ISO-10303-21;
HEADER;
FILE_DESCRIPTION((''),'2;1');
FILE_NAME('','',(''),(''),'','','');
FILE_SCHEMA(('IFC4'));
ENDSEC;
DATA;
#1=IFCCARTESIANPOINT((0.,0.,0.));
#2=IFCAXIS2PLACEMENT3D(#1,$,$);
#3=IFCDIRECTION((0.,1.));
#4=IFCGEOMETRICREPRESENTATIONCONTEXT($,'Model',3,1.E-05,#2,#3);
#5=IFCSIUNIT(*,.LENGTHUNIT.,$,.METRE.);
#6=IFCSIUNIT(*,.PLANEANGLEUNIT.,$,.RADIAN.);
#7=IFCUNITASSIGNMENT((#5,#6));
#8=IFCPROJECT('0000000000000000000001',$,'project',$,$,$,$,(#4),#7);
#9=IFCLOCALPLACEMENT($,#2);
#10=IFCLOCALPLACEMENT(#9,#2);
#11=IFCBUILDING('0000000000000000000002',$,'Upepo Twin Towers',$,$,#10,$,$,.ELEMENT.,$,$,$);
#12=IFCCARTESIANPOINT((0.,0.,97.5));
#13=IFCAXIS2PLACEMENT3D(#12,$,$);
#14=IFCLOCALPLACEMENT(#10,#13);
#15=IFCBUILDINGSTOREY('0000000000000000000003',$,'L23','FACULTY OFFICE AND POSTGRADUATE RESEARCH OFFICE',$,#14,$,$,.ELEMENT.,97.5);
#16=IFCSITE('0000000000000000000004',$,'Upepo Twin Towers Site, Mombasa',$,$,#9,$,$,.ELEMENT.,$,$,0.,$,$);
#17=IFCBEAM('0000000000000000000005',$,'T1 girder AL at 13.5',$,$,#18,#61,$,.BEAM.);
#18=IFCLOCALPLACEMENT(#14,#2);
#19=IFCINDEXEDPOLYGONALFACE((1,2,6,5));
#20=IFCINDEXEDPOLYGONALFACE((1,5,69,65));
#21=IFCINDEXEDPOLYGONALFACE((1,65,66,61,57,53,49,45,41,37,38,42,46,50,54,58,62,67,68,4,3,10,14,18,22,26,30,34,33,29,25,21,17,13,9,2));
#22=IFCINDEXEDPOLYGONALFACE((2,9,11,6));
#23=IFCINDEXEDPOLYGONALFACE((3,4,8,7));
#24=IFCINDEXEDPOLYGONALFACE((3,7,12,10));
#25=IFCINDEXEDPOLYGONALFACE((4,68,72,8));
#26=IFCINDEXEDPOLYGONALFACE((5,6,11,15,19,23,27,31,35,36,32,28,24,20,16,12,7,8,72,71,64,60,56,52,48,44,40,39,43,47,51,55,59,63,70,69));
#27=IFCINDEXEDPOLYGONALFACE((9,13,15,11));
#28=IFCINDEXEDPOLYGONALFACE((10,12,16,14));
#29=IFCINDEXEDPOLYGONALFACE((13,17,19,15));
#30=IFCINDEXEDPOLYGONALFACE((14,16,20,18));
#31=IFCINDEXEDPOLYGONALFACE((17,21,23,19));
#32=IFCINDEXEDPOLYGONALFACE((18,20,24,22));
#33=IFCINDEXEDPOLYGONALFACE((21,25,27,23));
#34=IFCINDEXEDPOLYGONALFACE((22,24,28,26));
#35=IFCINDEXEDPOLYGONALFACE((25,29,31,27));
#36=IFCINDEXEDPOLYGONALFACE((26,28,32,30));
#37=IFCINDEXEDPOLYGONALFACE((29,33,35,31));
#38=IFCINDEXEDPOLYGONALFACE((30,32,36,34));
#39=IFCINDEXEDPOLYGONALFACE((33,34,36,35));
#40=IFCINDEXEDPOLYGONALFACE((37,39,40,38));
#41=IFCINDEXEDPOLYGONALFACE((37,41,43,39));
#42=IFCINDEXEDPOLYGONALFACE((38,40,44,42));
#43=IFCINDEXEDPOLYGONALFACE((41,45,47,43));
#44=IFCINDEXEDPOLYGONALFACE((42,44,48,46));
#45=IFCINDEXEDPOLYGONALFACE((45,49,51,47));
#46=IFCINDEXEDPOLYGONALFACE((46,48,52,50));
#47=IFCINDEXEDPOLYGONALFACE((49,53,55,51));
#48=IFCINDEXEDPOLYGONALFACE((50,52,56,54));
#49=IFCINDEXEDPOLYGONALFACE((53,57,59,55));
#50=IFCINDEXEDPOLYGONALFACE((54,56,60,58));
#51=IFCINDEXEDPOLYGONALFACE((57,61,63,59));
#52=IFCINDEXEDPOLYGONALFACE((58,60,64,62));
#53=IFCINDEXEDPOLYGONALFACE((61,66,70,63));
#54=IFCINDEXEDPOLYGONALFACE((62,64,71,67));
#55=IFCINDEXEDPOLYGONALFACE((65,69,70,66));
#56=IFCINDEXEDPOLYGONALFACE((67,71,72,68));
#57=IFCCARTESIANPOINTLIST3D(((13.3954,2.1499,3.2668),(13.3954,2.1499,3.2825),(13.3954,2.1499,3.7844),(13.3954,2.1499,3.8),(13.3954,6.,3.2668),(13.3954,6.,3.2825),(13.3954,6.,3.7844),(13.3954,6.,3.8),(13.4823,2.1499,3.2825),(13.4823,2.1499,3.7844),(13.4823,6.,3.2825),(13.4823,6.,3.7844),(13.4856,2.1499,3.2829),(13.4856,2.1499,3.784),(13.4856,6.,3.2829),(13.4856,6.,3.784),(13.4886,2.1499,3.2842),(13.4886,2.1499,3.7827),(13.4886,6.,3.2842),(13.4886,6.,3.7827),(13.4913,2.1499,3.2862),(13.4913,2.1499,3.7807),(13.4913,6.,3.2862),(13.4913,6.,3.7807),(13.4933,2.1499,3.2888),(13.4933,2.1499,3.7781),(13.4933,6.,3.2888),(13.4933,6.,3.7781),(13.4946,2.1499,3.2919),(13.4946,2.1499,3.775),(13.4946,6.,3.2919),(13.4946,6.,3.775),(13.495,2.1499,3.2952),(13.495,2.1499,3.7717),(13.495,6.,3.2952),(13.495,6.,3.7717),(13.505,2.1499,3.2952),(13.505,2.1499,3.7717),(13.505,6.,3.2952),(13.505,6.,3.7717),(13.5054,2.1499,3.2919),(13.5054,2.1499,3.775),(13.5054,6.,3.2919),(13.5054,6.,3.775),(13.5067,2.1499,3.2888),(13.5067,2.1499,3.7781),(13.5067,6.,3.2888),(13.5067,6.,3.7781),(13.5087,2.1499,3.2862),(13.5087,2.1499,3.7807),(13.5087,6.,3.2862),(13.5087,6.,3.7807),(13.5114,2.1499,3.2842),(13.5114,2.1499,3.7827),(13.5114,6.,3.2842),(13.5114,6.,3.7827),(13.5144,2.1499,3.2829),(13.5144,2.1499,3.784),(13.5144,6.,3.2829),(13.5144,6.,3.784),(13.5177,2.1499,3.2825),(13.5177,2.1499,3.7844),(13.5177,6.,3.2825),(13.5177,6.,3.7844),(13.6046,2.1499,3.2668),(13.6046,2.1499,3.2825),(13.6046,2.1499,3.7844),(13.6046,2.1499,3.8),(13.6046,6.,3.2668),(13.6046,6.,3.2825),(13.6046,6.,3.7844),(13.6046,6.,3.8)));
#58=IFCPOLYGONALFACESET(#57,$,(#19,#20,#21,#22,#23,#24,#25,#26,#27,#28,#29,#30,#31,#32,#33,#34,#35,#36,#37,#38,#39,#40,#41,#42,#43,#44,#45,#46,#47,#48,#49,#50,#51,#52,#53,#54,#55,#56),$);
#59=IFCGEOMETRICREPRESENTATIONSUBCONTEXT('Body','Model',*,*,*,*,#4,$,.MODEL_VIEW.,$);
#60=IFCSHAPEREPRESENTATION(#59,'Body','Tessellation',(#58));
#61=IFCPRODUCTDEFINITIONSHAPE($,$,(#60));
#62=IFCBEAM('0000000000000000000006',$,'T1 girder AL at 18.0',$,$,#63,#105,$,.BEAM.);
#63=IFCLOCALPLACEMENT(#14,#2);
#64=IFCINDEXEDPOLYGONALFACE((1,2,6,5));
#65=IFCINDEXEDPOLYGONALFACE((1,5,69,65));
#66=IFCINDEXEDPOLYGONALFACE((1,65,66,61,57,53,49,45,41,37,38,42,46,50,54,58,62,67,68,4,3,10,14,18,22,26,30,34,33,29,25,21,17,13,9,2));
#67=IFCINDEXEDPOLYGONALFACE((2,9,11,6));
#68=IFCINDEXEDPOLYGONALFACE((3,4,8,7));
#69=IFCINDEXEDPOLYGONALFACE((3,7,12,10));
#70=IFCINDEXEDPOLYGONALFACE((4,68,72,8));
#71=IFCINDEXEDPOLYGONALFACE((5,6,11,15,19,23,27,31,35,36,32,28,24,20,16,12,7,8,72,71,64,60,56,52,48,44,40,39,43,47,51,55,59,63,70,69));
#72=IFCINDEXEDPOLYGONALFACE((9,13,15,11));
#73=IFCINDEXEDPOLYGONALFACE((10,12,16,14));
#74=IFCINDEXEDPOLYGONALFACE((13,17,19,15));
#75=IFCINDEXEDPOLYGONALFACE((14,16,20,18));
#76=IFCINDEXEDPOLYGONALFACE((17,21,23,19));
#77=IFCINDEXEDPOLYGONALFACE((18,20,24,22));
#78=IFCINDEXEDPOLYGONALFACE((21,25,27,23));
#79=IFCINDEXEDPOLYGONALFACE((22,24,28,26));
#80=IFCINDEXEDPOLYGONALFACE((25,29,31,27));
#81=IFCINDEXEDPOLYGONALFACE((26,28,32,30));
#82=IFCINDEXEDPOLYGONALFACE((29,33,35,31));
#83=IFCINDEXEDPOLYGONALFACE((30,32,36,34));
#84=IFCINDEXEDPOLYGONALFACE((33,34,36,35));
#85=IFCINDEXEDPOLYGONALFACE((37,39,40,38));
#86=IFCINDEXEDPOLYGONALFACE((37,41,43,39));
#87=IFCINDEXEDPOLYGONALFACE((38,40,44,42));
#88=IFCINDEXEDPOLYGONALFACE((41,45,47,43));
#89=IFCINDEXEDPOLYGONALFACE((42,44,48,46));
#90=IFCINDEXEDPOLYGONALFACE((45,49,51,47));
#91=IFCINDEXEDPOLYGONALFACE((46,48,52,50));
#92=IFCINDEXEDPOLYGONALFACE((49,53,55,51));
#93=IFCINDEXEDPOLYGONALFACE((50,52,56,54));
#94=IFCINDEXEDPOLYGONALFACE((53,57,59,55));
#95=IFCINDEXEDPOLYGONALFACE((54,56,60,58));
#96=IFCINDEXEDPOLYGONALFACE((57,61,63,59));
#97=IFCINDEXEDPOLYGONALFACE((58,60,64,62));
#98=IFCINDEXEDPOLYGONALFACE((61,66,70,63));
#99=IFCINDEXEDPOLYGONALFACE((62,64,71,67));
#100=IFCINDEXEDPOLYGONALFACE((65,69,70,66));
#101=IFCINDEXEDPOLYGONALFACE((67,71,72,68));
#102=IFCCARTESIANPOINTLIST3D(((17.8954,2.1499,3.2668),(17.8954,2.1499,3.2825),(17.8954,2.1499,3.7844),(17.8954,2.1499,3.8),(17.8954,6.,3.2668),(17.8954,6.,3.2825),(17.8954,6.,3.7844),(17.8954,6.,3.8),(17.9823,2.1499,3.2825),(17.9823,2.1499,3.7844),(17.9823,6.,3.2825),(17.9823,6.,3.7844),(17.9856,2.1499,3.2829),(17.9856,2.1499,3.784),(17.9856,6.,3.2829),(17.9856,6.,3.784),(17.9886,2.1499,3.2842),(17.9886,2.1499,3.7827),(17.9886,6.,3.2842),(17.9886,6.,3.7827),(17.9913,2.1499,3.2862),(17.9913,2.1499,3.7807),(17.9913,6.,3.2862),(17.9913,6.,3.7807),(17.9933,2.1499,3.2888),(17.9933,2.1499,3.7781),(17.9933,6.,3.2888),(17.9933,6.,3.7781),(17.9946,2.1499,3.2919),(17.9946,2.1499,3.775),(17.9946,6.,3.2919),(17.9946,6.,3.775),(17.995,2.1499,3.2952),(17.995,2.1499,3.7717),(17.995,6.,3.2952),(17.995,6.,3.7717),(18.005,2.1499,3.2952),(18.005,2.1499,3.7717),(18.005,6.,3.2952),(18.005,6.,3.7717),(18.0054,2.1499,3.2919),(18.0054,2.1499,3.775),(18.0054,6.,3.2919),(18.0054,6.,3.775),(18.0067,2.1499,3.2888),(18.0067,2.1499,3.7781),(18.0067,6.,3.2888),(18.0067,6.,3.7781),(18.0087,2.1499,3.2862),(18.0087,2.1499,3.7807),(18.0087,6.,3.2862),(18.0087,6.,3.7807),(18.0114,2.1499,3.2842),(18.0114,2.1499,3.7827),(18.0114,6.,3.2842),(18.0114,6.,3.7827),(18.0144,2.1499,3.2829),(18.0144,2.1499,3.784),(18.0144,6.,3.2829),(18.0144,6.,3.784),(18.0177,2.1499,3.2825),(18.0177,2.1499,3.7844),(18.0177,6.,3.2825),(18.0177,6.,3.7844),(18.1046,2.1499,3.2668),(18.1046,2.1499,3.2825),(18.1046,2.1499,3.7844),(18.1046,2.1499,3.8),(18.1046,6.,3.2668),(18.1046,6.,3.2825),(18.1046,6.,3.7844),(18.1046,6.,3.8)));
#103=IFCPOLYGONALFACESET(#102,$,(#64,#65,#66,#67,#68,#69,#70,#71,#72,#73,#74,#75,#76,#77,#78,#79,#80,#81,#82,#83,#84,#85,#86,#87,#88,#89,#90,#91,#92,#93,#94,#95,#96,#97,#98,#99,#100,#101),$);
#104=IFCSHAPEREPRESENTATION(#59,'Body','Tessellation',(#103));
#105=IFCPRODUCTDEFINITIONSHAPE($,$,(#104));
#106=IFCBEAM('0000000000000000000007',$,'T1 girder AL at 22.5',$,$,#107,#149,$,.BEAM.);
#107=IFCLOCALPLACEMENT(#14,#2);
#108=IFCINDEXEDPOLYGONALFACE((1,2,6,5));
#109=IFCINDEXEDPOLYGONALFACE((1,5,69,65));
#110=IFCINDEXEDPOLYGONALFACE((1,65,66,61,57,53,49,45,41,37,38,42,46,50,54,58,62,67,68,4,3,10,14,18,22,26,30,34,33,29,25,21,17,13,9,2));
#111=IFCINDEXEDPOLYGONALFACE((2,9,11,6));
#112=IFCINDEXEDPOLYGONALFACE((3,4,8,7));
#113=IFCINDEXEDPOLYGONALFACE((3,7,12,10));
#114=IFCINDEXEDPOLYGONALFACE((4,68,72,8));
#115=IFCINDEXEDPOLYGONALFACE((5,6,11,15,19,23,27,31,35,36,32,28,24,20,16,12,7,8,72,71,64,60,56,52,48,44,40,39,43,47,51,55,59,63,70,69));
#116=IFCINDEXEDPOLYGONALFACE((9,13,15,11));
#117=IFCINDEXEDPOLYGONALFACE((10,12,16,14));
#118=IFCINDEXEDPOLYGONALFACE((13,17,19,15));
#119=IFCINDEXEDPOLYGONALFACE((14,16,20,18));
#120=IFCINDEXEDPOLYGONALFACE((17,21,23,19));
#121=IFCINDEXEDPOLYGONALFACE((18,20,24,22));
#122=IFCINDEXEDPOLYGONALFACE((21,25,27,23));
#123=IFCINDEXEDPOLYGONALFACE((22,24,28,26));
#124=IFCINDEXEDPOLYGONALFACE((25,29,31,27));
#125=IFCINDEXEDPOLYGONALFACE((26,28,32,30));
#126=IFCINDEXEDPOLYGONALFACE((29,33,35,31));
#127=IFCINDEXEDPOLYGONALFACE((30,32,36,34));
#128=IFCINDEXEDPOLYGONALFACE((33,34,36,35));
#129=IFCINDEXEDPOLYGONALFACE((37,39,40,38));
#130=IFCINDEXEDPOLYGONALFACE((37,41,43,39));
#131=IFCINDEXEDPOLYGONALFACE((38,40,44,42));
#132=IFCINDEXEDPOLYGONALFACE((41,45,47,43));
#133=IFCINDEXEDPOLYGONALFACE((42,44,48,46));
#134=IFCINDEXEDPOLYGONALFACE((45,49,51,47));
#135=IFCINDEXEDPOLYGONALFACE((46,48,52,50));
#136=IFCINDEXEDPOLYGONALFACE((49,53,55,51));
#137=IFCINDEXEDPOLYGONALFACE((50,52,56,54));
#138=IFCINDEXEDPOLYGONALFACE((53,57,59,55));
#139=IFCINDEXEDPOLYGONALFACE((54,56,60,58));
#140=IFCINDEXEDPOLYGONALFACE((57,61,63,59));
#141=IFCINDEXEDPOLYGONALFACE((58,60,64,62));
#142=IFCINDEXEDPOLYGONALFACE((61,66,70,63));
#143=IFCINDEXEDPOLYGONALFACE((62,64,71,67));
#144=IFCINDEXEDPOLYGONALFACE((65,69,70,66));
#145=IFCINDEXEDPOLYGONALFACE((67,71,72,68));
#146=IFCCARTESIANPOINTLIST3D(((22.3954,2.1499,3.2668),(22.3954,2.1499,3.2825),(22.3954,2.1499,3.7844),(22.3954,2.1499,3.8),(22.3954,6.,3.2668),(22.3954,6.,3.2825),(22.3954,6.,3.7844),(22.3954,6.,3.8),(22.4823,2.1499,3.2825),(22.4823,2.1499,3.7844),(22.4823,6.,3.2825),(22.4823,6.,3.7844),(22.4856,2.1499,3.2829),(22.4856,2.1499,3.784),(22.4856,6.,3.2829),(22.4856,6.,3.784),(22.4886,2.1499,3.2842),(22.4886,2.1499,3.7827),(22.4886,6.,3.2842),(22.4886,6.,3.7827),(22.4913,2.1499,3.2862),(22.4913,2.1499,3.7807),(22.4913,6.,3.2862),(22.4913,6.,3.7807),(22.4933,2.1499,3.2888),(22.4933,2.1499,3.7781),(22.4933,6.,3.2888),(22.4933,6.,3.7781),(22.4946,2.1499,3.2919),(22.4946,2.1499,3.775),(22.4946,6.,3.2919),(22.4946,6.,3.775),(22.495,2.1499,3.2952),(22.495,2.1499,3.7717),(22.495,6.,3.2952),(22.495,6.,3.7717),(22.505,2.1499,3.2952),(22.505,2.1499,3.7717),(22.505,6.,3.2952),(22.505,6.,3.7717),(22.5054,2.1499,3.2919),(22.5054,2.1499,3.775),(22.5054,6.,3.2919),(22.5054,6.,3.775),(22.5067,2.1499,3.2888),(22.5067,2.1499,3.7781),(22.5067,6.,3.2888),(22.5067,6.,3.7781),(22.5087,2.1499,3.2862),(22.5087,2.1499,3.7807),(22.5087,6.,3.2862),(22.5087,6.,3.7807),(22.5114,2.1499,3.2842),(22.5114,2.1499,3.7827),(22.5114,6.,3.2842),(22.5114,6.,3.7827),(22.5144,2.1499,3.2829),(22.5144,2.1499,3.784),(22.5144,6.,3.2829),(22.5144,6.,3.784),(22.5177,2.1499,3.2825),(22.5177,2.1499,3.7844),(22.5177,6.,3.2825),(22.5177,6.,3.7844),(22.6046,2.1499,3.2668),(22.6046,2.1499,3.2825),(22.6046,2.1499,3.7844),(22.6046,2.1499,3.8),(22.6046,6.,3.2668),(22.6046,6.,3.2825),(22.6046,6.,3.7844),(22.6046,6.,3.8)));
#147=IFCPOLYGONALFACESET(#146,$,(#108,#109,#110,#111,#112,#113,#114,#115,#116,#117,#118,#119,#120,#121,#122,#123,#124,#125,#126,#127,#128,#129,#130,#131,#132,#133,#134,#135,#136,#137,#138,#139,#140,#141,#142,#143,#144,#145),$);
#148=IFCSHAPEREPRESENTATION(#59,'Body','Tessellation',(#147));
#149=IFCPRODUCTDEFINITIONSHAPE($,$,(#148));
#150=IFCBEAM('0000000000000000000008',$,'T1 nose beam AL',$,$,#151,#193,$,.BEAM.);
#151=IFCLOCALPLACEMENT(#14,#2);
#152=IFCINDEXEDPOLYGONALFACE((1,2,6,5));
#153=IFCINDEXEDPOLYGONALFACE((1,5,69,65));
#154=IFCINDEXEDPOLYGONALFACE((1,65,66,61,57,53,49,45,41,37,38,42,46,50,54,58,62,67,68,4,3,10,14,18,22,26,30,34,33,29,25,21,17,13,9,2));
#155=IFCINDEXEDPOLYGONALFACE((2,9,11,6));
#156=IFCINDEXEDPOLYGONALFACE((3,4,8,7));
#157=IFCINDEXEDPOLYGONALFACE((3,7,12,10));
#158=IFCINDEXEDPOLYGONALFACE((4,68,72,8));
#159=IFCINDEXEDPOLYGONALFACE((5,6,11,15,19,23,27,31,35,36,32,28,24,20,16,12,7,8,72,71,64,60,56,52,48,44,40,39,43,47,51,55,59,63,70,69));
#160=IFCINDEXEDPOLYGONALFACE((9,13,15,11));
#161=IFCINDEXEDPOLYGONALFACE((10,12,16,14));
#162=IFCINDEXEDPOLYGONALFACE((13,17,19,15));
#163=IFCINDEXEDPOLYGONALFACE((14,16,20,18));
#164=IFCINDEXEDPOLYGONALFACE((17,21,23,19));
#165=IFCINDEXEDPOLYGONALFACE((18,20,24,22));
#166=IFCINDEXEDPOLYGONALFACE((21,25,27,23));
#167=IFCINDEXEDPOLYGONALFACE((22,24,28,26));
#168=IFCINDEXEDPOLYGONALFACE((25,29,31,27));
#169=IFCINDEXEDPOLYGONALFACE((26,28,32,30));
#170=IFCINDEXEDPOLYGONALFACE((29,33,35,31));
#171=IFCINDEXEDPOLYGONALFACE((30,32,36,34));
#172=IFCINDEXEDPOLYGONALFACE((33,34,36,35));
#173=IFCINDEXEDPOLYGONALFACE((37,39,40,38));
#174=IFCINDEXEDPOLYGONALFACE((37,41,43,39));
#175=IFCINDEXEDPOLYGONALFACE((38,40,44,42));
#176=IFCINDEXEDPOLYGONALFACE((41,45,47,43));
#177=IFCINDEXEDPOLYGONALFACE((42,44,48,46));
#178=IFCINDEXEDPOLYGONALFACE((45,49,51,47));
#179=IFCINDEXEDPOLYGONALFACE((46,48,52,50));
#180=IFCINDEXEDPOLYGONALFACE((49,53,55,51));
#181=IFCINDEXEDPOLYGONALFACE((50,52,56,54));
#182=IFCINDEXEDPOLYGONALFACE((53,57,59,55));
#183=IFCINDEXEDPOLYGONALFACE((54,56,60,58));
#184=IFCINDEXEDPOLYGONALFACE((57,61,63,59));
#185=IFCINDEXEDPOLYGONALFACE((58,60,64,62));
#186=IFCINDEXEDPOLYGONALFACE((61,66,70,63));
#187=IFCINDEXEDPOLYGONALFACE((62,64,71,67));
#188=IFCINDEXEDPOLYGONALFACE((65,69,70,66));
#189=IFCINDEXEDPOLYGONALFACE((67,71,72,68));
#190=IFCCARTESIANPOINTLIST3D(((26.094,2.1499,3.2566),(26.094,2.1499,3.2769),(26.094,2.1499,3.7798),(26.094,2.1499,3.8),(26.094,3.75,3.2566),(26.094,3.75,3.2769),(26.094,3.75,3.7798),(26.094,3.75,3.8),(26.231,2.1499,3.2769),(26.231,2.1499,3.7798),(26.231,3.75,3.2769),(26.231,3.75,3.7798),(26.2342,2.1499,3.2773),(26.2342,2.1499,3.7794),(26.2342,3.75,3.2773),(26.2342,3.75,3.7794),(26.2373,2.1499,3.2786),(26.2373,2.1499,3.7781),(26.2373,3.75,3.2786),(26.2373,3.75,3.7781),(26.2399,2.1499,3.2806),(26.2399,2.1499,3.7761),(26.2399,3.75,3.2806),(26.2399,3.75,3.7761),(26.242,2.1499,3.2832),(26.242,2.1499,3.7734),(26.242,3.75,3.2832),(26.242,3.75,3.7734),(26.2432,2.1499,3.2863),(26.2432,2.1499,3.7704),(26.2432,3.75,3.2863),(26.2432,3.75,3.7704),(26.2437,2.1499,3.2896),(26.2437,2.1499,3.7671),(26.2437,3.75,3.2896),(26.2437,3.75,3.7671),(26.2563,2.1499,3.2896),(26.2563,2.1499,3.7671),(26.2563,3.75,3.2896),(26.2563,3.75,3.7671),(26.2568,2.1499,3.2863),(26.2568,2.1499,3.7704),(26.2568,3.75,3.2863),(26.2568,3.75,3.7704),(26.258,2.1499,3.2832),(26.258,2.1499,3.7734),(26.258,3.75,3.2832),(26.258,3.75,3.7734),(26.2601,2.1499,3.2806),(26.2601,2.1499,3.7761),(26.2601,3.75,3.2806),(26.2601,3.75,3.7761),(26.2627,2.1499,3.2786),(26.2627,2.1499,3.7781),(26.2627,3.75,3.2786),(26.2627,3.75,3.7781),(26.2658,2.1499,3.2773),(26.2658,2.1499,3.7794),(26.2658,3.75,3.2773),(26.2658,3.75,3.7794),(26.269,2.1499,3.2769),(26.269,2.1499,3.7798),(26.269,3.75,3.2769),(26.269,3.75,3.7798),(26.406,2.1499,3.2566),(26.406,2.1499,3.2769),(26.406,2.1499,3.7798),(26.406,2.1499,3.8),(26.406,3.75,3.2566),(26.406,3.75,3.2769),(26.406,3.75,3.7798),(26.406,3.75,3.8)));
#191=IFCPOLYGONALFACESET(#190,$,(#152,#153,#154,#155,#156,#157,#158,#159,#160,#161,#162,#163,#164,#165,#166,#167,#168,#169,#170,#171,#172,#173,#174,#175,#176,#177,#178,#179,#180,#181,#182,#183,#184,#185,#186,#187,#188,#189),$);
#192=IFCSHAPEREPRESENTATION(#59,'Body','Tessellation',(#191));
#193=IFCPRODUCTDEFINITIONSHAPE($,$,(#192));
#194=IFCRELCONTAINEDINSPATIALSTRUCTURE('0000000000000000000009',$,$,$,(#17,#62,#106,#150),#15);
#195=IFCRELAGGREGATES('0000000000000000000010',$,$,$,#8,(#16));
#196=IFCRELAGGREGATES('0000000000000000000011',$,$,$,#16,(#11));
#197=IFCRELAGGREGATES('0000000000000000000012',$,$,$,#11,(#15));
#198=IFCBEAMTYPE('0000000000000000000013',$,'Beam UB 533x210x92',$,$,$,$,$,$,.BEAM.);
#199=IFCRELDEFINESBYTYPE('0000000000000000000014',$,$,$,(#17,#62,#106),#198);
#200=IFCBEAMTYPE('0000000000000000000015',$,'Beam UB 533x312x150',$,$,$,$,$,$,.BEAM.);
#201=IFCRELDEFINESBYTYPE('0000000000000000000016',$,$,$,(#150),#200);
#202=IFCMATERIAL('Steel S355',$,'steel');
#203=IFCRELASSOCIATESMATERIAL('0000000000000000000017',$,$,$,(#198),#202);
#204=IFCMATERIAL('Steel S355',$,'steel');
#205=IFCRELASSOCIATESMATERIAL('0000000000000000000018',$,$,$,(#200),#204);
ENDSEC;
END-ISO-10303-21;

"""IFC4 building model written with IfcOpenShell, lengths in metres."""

from ifc_helpers import new_model, si_unit, direction, frame, origin, origin_2d, place, context, subcontext, project, spatial, i_section, extrude, material, material_profile, profile_set, type_object, element, save


model = new_model("IFC4")

# Units and contexts
model_context = context("Model", 3, precision=1e-05, world=origin(), true_north=direction((0.0, 1.0)))
body_context = subcontext(model_context, "Body", "Model", "MODEL_VIEW")
ifc_project = project(units=[si_unit("LENGTHUNIT", "METRE"), si_unit("PLANEANGLEUNIT", "RADIAN")], contexts=[model_context])

# Site, building, storey
site_placement = place(None, origin())
site = spatial("IfcSite", under=ifc_project, at=site_placement, Name="Upepo Twin Towers Site, Mombasa", CompositionType="ELEMENT", RefElevation=0.0)
building_placement = place(site_placement, origin())
building = spatial("IfcBuilding", under=site, at=building_placement, Name="Upepo Twin Towers", CompositionType="ELEMENT")
storey_placement = place(building_placement, frame((0.0, 0.0, 97.5)))
storey = spatial("IfcBuildingStorey", under=building, at=storey_placement, Name="L23", Description="FACULTY OFFICE AND POSTGRADUATE RESEARCH OFFICE", CompositionType="ELEMENT", Elevation=97.5)

# Beams
ifc_material_1 = material(Name="Steel S355", Category="steel")
ifc_material_profile_1 = material_profile(ifc_material_1, i_section(OverallWidth=0.2092, OverallDepth=0.5332, WebThickness=0.01, FlangeThickness=0.0156, FilletRadius=0.0127, at=origin_2d()), Name="UB 533x210x92")
ifc_profile_set_1 = profile_set([ifc_material_profile_1], Name="Steel S355")
beam_type_1 = type_object("IfcBeamType", Name="Beam UB 533x210x92", PredefinedType="BEAM", material=ifc_profile_set_1)
for number, where, z_axis, x_axis, name in (
    (1, (13.5, 6.0, 3.5334), (0.0, -1.0, 0.0), (1.0, 0.0, 0.0), "T1 girder AL at 13.5"),
    (2, (18.0, 6.0, 3.5334), (0.0, -1.0, 0.0), (1.0, 0.0, 0.0), "T1 girder AL at 18.0"),
    (3, (22.5, 6.0, 3.5334), (0.0, -1.0, 0.0), (1.0, 0.0, 0.0), "T1 girder AL at 22.5"),
):
    element("IfcBeam", number, at=place(storey_placement, frame(where, z_axis=z_axis, x_axis=x_axis)), inside=storey, type_object=beam_type_1, Name=name, PredefinedType="BEAM", context=body_context, shape_type="SweptSolid", body=[
        extrude(i_section(OverallWidth=0.2092, OverallDepth=0.5332, WebThickness=0.01, FlangeThickness=0.0156, FilletRadius=0.0127, at=origin_2d()), origin(), (0.0, 0.0, 1.0), 3.8501),
    ])
ifc_material_2 = material(Name="Steel S355", Category="steel")
ifc_material_profile_2 = material_profile(ifc_material_2, i_section(OverallWidth=0.312, OverallDepth=0.5435, WebThickness=0.0127, FlangeThickness=0.0203, FilletRadius=0.0127, at=origin_2d()), Name="UB 533x312x150")
ifc_profile_set_2 = profile_set([ifc_material_profile_2], Name="Steel S355")
beam_type_2 = type_object("IfcBeamType", Name="Beam UB 533x312x150", PredefinedType="BEAM", material=ifc_profile_set_2)
beam_1_placement = place(storey_placement, frame((26.25, 3.75, 3.5283), z_axis=(0.0, -1.0, 0.0), x_axis=(1.0, 0.0, 0.0)))
element("IfcBeam", 4, at=beam_1_placement, inside=storey, type_object=beam_type_2, Name="T1 nose beam AL", PredefinedType="BEAM", context=body_context, shape_type="SweptSolid", body=[
    extrude(i_section(OverallWidth=0.312, OverallDepth=0.5435, WebThickness=0.0127, FlangeThickness=0.0203, FilletRadius=0.0127, at=origin_2d()), origin(), (0.0, 0.0, 1.0), 1.6001),
])

save(model, "model.ifc")
